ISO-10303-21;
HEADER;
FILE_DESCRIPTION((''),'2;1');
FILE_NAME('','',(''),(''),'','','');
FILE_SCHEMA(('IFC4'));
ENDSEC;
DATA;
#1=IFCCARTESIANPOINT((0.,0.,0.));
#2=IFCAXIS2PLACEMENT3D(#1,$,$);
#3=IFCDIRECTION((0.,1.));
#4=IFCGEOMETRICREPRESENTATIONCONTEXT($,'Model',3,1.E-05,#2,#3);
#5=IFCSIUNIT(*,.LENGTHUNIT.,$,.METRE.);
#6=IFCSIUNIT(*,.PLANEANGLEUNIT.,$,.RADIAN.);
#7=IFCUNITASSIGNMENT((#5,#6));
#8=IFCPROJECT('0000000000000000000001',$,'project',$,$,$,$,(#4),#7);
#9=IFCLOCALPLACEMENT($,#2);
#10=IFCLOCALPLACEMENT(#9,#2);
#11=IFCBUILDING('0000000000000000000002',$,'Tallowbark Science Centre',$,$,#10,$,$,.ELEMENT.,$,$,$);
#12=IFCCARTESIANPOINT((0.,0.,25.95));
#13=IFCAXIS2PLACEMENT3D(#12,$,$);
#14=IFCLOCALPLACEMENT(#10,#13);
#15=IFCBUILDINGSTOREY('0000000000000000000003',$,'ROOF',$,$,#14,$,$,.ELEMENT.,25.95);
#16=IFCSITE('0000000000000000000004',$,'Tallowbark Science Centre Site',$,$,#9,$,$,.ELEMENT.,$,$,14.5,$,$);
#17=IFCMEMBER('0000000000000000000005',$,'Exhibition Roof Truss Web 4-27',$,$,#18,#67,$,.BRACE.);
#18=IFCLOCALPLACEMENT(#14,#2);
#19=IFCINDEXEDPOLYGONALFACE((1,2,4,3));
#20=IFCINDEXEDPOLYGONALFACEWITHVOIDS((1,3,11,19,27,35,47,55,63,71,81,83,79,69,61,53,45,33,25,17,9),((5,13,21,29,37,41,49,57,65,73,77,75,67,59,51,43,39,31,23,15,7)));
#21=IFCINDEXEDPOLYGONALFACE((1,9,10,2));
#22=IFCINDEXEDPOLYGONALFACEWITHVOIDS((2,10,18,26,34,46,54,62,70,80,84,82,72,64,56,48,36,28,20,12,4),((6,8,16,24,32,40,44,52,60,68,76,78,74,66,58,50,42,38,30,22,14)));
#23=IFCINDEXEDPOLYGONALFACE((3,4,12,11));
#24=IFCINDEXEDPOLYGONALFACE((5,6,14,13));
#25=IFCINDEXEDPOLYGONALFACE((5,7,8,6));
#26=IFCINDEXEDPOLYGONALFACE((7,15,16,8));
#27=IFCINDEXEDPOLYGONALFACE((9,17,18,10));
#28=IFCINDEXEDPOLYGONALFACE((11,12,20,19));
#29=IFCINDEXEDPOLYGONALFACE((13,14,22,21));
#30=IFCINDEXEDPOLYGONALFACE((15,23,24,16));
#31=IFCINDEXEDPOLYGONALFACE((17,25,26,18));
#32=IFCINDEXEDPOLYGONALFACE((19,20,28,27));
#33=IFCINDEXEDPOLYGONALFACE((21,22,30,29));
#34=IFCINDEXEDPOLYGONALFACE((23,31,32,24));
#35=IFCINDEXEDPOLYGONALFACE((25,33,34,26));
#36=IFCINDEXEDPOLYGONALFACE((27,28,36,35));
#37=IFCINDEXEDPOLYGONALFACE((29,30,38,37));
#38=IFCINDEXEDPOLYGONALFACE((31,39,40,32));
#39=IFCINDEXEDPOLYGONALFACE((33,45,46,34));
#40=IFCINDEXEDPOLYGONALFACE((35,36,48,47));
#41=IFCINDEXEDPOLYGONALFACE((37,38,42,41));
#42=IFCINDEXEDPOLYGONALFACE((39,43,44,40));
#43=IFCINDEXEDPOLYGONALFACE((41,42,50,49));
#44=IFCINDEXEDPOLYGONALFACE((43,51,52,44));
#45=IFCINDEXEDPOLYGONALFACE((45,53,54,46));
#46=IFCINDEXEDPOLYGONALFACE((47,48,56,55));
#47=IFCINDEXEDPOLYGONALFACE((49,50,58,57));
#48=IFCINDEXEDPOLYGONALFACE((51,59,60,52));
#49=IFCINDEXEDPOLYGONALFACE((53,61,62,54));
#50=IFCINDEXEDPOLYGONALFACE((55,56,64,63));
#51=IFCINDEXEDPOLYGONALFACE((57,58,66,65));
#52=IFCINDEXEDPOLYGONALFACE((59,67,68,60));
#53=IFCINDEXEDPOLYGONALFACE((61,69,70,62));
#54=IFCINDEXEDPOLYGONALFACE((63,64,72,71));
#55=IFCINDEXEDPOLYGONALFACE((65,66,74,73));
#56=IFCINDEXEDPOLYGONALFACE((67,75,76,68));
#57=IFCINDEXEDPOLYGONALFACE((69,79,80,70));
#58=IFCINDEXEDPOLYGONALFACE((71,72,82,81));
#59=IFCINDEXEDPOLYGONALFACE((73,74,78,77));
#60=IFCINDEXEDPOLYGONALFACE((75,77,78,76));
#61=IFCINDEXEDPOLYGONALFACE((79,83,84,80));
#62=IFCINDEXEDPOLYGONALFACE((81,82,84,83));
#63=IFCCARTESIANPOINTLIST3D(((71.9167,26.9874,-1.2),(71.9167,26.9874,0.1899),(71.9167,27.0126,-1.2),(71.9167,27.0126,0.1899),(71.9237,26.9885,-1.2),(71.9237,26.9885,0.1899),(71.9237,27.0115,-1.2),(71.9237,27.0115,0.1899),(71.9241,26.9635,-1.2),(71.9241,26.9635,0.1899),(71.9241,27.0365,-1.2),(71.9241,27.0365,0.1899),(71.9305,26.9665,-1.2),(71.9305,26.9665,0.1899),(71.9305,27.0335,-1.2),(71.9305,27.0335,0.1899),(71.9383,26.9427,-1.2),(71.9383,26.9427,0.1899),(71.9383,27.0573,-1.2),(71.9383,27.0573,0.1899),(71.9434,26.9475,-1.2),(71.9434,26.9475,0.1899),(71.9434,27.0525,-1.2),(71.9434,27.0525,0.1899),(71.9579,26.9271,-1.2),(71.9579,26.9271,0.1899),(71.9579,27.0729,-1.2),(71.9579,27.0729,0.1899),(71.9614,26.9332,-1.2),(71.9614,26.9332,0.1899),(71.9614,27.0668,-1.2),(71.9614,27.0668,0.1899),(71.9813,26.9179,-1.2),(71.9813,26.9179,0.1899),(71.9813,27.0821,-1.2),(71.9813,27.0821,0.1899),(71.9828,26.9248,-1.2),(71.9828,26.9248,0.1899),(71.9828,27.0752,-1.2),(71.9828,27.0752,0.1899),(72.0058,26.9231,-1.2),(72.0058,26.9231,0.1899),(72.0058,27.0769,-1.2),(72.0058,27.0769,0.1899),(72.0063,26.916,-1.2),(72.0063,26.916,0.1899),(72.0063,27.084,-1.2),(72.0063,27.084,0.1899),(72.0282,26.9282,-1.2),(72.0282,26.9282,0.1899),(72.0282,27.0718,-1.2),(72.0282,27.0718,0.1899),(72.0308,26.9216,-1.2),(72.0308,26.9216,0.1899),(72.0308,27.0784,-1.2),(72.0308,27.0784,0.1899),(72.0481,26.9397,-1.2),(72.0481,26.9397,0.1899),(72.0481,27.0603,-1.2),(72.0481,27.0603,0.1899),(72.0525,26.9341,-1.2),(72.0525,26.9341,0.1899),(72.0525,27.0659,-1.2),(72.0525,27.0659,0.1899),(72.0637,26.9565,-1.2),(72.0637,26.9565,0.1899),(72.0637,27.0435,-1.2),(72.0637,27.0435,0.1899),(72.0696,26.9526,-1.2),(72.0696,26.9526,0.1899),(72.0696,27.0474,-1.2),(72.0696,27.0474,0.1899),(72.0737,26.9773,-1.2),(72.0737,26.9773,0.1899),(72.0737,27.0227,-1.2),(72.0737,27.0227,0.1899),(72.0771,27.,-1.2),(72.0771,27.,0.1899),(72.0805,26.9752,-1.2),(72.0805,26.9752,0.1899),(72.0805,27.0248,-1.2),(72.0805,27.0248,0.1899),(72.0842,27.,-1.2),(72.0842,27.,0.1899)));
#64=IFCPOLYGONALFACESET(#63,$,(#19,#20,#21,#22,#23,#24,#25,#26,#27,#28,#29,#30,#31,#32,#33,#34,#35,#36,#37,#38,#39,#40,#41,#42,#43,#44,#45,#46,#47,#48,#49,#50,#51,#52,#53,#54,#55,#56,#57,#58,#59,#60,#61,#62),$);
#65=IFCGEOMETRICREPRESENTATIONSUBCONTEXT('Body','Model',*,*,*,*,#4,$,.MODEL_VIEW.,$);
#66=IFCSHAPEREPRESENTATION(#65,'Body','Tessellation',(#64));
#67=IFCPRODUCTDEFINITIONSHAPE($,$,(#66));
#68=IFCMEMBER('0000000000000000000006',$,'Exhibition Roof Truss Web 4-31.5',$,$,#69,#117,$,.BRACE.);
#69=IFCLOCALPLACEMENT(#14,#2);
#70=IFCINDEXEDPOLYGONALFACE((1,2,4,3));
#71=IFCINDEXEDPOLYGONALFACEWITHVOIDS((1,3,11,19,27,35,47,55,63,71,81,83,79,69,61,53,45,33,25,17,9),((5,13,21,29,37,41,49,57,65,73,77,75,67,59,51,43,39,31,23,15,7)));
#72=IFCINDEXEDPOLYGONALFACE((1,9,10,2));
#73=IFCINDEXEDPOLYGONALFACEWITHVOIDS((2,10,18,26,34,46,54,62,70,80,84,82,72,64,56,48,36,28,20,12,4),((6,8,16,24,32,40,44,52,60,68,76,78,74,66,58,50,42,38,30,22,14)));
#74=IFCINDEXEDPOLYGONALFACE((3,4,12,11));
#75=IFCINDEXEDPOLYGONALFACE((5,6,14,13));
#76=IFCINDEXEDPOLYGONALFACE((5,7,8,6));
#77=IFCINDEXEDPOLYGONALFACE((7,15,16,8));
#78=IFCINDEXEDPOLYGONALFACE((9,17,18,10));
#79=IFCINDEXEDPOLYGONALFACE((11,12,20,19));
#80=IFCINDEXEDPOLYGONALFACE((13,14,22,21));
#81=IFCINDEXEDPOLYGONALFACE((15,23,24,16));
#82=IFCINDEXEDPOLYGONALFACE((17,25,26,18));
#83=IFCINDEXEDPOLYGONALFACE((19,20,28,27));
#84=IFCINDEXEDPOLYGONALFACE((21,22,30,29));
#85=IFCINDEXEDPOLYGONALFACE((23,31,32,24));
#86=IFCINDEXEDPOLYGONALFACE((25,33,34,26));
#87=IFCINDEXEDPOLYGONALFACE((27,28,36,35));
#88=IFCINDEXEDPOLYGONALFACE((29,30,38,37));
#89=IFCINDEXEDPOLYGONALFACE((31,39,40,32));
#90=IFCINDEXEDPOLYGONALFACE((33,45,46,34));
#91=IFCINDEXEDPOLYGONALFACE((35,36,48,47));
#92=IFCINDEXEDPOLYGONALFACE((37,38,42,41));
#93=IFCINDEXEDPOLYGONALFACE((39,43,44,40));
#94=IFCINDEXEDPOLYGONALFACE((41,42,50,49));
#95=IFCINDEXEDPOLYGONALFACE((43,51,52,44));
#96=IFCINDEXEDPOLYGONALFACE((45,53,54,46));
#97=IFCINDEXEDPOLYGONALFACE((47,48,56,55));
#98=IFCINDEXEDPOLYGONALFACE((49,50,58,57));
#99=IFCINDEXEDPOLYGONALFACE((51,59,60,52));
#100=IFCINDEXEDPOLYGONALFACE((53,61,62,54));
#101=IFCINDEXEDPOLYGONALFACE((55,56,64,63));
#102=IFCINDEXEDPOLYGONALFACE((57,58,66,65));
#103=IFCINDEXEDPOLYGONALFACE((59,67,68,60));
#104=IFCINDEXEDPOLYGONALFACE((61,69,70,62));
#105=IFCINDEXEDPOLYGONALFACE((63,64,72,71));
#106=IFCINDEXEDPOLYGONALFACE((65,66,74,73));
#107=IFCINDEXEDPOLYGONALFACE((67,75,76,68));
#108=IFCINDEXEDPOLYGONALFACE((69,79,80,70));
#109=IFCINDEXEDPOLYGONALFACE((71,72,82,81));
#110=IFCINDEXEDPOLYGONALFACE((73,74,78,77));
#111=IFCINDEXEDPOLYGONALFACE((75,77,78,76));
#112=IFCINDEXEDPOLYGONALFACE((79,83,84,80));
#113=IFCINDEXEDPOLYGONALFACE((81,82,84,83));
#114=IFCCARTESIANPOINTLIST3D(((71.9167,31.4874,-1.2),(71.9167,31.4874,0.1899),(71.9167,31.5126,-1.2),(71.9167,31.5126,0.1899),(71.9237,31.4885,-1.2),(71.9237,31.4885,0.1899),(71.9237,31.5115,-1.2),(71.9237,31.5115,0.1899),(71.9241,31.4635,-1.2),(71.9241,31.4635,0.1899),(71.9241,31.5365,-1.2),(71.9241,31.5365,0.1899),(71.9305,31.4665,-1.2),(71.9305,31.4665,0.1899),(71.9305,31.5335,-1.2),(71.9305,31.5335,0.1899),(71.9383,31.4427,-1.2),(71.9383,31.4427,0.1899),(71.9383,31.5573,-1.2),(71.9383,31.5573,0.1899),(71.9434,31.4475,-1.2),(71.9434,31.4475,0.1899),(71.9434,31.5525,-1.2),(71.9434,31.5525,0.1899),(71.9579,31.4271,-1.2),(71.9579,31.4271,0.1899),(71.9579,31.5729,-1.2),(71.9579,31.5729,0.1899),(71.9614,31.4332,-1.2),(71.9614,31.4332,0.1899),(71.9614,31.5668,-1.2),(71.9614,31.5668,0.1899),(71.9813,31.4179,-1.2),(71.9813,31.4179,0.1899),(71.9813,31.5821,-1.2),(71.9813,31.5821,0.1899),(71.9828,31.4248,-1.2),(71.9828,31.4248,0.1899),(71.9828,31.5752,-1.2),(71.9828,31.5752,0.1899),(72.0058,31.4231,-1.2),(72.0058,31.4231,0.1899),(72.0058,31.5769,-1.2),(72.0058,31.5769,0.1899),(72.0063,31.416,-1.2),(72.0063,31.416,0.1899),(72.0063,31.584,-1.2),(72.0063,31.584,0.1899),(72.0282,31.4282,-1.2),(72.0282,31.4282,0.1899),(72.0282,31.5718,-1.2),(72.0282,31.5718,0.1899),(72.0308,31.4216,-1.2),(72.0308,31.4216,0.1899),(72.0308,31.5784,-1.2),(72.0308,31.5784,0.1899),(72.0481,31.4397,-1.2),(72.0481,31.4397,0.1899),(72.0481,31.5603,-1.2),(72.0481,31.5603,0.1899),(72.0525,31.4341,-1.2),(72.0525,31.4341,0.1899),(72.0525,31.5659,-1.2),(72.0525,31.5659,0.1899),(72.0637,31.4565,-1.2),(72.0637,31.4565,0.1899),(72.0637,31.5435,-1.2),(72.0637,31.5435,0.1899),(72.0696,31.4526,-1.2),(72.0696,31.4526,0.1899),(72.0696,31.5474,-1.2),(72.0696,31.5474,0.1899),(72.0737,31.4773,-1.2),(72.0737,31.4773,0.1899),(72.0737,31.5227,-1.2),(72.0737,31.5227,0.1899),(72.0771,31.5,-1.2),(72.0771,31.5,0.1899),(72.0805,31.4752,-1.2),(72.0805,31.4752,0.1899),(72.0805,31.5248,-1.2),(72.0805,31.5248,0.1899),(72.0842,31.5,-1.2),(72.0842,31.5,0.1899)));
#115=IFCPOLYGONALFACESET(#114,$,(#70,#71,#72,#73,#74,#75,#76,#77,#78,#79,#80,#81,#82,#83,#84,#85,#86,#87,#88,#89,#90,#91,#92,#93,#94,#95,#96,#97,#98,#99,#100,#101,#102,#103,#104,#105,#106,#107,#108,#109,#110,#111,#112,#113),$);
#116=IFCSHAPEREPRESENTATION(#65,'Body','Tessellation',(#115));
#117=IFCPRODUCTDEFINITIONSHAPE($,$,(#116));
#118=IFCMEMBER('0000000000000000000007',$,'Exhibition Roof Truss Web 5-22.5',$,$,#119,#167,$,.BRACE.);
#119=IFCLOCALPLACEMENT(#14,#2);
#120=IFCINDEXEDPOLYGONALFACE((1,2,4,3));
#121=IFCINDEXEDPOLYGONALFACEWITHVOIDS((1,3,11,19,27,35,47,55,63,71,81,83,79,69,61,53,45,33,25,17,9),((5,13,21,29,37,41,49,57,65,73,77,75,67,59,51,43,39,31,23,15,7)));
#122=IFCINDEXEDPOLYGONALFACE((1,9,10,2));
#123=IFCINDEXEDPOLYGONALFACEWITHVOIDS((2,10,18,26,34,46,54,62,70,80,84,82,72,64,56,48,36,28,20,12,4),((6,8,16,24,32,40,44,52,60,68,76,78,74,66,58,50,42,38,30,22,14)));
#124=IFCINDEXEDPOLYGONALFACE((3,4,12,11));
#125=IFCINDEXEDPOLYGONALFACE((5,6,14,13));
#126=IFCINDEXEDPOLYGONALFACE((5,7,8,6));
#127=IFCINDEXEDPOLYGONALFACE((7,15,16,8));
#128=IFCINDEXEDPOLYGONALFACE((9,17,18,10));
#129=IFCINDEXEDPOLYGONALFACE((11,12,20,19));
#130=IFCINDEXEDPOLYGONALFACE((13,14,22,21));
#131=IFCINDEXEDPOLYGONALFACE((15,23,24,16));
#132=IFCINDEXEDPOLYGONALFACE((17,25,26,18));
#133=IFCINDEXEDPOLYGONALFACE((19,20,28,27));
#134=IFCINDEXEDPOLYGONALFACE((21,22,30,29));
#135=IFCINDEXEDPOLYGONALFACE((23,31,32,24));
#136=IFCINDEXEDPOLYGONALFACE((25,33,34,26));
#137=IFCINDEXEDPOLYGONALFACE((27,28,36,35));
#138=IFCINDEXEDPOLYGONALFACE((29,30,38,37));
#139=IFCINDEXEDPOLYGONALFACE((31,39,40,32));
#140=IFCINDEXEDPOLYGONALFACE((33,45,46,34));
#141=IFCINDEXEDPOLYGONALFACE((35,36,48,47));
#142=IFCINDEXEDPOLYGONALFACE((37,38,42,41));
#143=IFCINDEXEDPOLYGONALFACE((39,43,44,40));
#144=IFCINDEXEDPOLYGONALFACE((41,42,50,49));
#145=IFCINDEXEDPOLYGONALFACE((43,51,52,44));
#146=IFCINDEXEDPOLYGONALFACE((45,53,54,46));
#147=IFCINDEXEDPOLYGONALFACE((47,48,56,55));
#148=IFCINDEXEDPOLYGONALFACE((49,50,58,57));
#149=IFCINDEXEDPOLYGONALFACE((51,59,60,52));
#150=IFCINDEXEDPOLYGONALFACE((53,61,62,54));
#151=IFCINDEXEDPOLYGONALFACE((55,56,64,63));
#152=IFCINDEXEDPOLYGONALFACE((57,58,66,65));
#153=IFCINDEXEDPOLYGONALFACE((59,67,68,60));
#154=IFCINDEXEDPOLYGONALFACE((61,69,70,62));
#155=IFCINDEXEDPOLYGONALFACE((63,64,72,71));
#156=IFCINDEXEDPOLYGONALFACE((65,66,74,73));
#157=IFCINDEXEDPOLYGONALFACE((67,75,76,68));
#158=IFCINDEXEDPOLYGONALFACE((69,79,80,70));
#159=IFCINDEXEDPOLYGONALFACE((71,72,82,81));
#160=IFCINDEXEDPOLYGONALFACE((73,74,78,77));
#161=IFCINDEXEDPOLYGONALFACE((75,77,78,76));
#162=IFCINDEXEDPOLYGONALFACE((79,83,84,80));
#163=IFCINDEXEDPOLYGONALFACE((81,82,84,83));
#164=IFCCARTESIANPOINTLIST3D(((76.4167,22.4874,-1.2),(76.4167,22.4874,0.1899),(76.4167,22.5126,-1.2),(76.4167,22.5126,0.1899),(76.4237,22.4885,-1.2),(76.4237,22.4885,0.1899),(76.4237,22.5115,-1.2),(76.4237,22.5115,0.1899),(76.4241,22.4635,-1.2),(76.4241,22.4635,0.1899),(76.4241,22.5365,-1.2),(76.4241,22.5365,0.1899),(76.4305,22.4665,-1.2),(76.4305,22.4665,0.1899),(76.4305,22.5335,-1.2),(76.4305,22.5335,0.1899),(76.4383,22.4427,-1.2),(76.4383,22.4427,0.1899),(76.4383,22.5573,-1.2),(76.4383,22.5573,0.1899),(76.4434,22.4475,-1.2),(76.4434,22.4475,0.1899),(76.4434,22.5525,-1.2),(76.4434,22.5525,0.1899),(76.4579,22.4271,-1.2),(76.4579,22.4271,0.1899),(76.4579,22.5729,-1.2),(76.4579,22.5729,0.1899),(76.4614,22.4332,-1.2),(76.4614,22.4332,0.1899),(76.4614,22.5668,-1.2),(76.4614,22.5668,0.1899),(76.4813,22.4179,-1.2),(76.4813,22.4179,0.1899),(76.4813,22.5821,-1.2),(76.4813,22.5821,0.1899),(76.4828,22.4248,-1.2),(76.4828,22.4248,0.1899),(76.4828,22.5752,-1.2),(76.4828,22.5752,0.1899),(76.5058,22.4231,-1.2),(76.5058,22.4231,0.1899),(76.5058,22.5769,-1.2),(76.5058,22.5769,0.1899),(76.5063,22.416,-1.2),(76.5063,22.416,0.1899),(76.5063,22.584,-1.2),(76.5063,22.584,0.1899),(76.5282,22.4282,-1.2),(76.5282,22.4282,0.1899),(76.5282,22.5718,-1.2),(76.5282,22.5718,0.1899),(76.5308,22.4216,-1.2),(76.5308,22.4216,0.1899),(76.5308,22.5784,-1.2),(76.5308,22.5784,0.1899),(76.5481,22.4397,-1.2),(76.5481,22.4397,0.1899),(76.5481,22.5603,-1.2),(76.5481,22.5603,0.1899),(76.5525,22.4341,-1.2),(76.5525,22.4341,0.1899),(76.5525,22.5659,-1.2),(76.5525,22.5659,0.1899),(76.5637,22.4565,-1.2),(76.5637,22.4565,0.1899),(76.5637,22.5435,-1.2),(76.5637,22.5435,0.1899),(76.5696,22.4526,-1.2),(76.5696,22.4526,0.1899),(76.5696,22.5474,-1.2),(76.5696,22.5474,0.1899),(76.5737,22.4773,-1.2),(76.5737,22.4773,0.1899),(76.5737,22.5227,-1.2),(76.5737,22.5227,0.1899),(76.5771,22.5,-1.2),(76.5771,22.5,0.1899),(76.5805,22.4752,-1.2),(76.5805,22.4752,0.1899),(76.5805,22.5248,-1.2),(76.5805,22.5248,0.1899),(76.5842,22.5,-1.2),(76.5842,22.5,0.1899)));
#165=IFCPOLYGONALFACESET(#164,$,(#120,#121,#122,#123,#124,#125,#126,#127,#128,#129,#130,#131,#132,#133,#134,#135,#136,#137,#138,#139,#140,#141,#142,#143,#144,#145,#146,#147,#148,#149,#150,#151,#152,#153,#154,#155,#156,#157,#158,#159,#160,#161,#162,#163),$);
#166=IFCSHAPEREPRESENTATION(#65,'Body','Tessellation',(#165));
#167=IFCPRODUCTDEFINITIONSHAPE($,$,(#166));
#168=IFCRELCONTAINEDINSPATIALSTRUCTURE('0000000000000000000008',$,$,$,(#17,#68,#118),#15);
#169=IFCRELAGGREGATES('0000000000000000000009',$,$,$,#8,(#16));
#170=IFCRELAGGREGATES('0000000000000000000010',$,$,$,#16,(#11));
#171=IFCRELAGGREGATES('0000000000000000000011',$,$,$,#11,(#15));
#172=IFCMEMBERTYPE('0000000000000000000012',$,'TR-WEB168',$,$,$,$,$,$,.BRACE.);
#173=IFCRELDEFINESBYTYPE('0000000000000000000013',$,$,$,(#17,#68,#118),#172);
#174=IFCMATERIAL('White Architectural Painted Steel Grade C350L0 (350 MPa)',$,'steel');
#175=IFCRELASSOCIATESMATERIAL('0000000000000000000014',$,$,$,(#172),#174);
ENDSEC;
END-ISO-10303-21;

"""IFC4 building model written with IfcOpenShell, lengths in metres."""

from ifc_helpers import new_model, si_unit, direction, frame, origin, origin_2d, place, context, subcontext, project, spatial, hollow_circle, extrude, material, material_profile, profile_set, type_object, element, save


model = new_model("IFC4")

# Units and contexts
model_context = context("Model", 3, precision=1e-05, world=origin(), true_north=direction((0.0, 1.0)))
body_context = subcontext(model_context, "Body", "Model", "MODEL_VIEW")
ifc_project = project(units=[si_unit("LENGTHUNIT", "METRE"), si_unit("PLANEANGLEUNIT", "RADIAN")], contexts=[model_context])

# Site, building, storey
site_placement = place(None, origin())
site = spatial("IfcSite", under=ifc_project, at=site_placement, Name="Tallowbark Science Centre Site", CompositionType="ELEMENT", RefElevation=14.5)
building_placement = place(site_placement, origin())
building = spatial("IfcBuilding", under=site, at=building_placement, Name="Tallowbark Science Centre", CompositionType="ELEMENT")
storey_placement = place(building_placement, frame((0.0, 0.0, 25.95)))
storey = spatial("IfcBuildingStorey", under=building, at=storey_placement, Name="ROOF", CompositionType="ELEMENT", Elevation=25.95)

# Members
ifc_material_1 = material(Name="White Architectural Painted Steel Grade C350L0 (350 MPa)", Category="steel")
ifc_material_profile_1 = material_profile(ifc_material_1, hollow_circle(Radius=0.0842, WallThickness=0.0071, at=origin_2d()), Name="168.3x7.1CHS")
ifc_profile_set_1 = profile_set([ifc_material_profile_1], Name="White Architectural Painted Steel Grade C350L0 (350 MPa)")
member_type_1 = type_object("IfcMemberType", Name="TR-WEB168", PredefinedType="BRACE", material=ifc_profile_set_1)
for number, where, z_axis, x_axis, name in (
    (1, (72.0, 27.0, -1.2), (0.0, 0.0, 1.0), (1.0, 0.0, 0.0), "Exhibition Roof Truss Web 4-27"),
    (2, (72.0, 31.5, -1.2), (0.0, 0.0, 1.0), (1.0, 0.0, 0.0), "Exhibition Roof Truss Web 4-31.5"),
    (3, (76.5, 22.5, -1.2), (0.0, 0.0, 1.0), (1.0, 0.0, 0.0), "Exhibition Roof Truss Web 5-22.5"),
):
    element("IfcMember", number, at=place(storey_placement, frame(where, z_axis=z_axis, x_axis=x_axis)), inside=storey, type_object=member_type_1, Name=name, PredefinedType="BRACE", context=body_context, shape_type="SweptSolid", body=[
        extrude(hollow_circle(Radius=0.0842, WallThickness=0.0071, at=origin_2d()), origin(), (0.0, 0.0, 1.0), 1.3899),
    ])

save(model, "model.ifc")
